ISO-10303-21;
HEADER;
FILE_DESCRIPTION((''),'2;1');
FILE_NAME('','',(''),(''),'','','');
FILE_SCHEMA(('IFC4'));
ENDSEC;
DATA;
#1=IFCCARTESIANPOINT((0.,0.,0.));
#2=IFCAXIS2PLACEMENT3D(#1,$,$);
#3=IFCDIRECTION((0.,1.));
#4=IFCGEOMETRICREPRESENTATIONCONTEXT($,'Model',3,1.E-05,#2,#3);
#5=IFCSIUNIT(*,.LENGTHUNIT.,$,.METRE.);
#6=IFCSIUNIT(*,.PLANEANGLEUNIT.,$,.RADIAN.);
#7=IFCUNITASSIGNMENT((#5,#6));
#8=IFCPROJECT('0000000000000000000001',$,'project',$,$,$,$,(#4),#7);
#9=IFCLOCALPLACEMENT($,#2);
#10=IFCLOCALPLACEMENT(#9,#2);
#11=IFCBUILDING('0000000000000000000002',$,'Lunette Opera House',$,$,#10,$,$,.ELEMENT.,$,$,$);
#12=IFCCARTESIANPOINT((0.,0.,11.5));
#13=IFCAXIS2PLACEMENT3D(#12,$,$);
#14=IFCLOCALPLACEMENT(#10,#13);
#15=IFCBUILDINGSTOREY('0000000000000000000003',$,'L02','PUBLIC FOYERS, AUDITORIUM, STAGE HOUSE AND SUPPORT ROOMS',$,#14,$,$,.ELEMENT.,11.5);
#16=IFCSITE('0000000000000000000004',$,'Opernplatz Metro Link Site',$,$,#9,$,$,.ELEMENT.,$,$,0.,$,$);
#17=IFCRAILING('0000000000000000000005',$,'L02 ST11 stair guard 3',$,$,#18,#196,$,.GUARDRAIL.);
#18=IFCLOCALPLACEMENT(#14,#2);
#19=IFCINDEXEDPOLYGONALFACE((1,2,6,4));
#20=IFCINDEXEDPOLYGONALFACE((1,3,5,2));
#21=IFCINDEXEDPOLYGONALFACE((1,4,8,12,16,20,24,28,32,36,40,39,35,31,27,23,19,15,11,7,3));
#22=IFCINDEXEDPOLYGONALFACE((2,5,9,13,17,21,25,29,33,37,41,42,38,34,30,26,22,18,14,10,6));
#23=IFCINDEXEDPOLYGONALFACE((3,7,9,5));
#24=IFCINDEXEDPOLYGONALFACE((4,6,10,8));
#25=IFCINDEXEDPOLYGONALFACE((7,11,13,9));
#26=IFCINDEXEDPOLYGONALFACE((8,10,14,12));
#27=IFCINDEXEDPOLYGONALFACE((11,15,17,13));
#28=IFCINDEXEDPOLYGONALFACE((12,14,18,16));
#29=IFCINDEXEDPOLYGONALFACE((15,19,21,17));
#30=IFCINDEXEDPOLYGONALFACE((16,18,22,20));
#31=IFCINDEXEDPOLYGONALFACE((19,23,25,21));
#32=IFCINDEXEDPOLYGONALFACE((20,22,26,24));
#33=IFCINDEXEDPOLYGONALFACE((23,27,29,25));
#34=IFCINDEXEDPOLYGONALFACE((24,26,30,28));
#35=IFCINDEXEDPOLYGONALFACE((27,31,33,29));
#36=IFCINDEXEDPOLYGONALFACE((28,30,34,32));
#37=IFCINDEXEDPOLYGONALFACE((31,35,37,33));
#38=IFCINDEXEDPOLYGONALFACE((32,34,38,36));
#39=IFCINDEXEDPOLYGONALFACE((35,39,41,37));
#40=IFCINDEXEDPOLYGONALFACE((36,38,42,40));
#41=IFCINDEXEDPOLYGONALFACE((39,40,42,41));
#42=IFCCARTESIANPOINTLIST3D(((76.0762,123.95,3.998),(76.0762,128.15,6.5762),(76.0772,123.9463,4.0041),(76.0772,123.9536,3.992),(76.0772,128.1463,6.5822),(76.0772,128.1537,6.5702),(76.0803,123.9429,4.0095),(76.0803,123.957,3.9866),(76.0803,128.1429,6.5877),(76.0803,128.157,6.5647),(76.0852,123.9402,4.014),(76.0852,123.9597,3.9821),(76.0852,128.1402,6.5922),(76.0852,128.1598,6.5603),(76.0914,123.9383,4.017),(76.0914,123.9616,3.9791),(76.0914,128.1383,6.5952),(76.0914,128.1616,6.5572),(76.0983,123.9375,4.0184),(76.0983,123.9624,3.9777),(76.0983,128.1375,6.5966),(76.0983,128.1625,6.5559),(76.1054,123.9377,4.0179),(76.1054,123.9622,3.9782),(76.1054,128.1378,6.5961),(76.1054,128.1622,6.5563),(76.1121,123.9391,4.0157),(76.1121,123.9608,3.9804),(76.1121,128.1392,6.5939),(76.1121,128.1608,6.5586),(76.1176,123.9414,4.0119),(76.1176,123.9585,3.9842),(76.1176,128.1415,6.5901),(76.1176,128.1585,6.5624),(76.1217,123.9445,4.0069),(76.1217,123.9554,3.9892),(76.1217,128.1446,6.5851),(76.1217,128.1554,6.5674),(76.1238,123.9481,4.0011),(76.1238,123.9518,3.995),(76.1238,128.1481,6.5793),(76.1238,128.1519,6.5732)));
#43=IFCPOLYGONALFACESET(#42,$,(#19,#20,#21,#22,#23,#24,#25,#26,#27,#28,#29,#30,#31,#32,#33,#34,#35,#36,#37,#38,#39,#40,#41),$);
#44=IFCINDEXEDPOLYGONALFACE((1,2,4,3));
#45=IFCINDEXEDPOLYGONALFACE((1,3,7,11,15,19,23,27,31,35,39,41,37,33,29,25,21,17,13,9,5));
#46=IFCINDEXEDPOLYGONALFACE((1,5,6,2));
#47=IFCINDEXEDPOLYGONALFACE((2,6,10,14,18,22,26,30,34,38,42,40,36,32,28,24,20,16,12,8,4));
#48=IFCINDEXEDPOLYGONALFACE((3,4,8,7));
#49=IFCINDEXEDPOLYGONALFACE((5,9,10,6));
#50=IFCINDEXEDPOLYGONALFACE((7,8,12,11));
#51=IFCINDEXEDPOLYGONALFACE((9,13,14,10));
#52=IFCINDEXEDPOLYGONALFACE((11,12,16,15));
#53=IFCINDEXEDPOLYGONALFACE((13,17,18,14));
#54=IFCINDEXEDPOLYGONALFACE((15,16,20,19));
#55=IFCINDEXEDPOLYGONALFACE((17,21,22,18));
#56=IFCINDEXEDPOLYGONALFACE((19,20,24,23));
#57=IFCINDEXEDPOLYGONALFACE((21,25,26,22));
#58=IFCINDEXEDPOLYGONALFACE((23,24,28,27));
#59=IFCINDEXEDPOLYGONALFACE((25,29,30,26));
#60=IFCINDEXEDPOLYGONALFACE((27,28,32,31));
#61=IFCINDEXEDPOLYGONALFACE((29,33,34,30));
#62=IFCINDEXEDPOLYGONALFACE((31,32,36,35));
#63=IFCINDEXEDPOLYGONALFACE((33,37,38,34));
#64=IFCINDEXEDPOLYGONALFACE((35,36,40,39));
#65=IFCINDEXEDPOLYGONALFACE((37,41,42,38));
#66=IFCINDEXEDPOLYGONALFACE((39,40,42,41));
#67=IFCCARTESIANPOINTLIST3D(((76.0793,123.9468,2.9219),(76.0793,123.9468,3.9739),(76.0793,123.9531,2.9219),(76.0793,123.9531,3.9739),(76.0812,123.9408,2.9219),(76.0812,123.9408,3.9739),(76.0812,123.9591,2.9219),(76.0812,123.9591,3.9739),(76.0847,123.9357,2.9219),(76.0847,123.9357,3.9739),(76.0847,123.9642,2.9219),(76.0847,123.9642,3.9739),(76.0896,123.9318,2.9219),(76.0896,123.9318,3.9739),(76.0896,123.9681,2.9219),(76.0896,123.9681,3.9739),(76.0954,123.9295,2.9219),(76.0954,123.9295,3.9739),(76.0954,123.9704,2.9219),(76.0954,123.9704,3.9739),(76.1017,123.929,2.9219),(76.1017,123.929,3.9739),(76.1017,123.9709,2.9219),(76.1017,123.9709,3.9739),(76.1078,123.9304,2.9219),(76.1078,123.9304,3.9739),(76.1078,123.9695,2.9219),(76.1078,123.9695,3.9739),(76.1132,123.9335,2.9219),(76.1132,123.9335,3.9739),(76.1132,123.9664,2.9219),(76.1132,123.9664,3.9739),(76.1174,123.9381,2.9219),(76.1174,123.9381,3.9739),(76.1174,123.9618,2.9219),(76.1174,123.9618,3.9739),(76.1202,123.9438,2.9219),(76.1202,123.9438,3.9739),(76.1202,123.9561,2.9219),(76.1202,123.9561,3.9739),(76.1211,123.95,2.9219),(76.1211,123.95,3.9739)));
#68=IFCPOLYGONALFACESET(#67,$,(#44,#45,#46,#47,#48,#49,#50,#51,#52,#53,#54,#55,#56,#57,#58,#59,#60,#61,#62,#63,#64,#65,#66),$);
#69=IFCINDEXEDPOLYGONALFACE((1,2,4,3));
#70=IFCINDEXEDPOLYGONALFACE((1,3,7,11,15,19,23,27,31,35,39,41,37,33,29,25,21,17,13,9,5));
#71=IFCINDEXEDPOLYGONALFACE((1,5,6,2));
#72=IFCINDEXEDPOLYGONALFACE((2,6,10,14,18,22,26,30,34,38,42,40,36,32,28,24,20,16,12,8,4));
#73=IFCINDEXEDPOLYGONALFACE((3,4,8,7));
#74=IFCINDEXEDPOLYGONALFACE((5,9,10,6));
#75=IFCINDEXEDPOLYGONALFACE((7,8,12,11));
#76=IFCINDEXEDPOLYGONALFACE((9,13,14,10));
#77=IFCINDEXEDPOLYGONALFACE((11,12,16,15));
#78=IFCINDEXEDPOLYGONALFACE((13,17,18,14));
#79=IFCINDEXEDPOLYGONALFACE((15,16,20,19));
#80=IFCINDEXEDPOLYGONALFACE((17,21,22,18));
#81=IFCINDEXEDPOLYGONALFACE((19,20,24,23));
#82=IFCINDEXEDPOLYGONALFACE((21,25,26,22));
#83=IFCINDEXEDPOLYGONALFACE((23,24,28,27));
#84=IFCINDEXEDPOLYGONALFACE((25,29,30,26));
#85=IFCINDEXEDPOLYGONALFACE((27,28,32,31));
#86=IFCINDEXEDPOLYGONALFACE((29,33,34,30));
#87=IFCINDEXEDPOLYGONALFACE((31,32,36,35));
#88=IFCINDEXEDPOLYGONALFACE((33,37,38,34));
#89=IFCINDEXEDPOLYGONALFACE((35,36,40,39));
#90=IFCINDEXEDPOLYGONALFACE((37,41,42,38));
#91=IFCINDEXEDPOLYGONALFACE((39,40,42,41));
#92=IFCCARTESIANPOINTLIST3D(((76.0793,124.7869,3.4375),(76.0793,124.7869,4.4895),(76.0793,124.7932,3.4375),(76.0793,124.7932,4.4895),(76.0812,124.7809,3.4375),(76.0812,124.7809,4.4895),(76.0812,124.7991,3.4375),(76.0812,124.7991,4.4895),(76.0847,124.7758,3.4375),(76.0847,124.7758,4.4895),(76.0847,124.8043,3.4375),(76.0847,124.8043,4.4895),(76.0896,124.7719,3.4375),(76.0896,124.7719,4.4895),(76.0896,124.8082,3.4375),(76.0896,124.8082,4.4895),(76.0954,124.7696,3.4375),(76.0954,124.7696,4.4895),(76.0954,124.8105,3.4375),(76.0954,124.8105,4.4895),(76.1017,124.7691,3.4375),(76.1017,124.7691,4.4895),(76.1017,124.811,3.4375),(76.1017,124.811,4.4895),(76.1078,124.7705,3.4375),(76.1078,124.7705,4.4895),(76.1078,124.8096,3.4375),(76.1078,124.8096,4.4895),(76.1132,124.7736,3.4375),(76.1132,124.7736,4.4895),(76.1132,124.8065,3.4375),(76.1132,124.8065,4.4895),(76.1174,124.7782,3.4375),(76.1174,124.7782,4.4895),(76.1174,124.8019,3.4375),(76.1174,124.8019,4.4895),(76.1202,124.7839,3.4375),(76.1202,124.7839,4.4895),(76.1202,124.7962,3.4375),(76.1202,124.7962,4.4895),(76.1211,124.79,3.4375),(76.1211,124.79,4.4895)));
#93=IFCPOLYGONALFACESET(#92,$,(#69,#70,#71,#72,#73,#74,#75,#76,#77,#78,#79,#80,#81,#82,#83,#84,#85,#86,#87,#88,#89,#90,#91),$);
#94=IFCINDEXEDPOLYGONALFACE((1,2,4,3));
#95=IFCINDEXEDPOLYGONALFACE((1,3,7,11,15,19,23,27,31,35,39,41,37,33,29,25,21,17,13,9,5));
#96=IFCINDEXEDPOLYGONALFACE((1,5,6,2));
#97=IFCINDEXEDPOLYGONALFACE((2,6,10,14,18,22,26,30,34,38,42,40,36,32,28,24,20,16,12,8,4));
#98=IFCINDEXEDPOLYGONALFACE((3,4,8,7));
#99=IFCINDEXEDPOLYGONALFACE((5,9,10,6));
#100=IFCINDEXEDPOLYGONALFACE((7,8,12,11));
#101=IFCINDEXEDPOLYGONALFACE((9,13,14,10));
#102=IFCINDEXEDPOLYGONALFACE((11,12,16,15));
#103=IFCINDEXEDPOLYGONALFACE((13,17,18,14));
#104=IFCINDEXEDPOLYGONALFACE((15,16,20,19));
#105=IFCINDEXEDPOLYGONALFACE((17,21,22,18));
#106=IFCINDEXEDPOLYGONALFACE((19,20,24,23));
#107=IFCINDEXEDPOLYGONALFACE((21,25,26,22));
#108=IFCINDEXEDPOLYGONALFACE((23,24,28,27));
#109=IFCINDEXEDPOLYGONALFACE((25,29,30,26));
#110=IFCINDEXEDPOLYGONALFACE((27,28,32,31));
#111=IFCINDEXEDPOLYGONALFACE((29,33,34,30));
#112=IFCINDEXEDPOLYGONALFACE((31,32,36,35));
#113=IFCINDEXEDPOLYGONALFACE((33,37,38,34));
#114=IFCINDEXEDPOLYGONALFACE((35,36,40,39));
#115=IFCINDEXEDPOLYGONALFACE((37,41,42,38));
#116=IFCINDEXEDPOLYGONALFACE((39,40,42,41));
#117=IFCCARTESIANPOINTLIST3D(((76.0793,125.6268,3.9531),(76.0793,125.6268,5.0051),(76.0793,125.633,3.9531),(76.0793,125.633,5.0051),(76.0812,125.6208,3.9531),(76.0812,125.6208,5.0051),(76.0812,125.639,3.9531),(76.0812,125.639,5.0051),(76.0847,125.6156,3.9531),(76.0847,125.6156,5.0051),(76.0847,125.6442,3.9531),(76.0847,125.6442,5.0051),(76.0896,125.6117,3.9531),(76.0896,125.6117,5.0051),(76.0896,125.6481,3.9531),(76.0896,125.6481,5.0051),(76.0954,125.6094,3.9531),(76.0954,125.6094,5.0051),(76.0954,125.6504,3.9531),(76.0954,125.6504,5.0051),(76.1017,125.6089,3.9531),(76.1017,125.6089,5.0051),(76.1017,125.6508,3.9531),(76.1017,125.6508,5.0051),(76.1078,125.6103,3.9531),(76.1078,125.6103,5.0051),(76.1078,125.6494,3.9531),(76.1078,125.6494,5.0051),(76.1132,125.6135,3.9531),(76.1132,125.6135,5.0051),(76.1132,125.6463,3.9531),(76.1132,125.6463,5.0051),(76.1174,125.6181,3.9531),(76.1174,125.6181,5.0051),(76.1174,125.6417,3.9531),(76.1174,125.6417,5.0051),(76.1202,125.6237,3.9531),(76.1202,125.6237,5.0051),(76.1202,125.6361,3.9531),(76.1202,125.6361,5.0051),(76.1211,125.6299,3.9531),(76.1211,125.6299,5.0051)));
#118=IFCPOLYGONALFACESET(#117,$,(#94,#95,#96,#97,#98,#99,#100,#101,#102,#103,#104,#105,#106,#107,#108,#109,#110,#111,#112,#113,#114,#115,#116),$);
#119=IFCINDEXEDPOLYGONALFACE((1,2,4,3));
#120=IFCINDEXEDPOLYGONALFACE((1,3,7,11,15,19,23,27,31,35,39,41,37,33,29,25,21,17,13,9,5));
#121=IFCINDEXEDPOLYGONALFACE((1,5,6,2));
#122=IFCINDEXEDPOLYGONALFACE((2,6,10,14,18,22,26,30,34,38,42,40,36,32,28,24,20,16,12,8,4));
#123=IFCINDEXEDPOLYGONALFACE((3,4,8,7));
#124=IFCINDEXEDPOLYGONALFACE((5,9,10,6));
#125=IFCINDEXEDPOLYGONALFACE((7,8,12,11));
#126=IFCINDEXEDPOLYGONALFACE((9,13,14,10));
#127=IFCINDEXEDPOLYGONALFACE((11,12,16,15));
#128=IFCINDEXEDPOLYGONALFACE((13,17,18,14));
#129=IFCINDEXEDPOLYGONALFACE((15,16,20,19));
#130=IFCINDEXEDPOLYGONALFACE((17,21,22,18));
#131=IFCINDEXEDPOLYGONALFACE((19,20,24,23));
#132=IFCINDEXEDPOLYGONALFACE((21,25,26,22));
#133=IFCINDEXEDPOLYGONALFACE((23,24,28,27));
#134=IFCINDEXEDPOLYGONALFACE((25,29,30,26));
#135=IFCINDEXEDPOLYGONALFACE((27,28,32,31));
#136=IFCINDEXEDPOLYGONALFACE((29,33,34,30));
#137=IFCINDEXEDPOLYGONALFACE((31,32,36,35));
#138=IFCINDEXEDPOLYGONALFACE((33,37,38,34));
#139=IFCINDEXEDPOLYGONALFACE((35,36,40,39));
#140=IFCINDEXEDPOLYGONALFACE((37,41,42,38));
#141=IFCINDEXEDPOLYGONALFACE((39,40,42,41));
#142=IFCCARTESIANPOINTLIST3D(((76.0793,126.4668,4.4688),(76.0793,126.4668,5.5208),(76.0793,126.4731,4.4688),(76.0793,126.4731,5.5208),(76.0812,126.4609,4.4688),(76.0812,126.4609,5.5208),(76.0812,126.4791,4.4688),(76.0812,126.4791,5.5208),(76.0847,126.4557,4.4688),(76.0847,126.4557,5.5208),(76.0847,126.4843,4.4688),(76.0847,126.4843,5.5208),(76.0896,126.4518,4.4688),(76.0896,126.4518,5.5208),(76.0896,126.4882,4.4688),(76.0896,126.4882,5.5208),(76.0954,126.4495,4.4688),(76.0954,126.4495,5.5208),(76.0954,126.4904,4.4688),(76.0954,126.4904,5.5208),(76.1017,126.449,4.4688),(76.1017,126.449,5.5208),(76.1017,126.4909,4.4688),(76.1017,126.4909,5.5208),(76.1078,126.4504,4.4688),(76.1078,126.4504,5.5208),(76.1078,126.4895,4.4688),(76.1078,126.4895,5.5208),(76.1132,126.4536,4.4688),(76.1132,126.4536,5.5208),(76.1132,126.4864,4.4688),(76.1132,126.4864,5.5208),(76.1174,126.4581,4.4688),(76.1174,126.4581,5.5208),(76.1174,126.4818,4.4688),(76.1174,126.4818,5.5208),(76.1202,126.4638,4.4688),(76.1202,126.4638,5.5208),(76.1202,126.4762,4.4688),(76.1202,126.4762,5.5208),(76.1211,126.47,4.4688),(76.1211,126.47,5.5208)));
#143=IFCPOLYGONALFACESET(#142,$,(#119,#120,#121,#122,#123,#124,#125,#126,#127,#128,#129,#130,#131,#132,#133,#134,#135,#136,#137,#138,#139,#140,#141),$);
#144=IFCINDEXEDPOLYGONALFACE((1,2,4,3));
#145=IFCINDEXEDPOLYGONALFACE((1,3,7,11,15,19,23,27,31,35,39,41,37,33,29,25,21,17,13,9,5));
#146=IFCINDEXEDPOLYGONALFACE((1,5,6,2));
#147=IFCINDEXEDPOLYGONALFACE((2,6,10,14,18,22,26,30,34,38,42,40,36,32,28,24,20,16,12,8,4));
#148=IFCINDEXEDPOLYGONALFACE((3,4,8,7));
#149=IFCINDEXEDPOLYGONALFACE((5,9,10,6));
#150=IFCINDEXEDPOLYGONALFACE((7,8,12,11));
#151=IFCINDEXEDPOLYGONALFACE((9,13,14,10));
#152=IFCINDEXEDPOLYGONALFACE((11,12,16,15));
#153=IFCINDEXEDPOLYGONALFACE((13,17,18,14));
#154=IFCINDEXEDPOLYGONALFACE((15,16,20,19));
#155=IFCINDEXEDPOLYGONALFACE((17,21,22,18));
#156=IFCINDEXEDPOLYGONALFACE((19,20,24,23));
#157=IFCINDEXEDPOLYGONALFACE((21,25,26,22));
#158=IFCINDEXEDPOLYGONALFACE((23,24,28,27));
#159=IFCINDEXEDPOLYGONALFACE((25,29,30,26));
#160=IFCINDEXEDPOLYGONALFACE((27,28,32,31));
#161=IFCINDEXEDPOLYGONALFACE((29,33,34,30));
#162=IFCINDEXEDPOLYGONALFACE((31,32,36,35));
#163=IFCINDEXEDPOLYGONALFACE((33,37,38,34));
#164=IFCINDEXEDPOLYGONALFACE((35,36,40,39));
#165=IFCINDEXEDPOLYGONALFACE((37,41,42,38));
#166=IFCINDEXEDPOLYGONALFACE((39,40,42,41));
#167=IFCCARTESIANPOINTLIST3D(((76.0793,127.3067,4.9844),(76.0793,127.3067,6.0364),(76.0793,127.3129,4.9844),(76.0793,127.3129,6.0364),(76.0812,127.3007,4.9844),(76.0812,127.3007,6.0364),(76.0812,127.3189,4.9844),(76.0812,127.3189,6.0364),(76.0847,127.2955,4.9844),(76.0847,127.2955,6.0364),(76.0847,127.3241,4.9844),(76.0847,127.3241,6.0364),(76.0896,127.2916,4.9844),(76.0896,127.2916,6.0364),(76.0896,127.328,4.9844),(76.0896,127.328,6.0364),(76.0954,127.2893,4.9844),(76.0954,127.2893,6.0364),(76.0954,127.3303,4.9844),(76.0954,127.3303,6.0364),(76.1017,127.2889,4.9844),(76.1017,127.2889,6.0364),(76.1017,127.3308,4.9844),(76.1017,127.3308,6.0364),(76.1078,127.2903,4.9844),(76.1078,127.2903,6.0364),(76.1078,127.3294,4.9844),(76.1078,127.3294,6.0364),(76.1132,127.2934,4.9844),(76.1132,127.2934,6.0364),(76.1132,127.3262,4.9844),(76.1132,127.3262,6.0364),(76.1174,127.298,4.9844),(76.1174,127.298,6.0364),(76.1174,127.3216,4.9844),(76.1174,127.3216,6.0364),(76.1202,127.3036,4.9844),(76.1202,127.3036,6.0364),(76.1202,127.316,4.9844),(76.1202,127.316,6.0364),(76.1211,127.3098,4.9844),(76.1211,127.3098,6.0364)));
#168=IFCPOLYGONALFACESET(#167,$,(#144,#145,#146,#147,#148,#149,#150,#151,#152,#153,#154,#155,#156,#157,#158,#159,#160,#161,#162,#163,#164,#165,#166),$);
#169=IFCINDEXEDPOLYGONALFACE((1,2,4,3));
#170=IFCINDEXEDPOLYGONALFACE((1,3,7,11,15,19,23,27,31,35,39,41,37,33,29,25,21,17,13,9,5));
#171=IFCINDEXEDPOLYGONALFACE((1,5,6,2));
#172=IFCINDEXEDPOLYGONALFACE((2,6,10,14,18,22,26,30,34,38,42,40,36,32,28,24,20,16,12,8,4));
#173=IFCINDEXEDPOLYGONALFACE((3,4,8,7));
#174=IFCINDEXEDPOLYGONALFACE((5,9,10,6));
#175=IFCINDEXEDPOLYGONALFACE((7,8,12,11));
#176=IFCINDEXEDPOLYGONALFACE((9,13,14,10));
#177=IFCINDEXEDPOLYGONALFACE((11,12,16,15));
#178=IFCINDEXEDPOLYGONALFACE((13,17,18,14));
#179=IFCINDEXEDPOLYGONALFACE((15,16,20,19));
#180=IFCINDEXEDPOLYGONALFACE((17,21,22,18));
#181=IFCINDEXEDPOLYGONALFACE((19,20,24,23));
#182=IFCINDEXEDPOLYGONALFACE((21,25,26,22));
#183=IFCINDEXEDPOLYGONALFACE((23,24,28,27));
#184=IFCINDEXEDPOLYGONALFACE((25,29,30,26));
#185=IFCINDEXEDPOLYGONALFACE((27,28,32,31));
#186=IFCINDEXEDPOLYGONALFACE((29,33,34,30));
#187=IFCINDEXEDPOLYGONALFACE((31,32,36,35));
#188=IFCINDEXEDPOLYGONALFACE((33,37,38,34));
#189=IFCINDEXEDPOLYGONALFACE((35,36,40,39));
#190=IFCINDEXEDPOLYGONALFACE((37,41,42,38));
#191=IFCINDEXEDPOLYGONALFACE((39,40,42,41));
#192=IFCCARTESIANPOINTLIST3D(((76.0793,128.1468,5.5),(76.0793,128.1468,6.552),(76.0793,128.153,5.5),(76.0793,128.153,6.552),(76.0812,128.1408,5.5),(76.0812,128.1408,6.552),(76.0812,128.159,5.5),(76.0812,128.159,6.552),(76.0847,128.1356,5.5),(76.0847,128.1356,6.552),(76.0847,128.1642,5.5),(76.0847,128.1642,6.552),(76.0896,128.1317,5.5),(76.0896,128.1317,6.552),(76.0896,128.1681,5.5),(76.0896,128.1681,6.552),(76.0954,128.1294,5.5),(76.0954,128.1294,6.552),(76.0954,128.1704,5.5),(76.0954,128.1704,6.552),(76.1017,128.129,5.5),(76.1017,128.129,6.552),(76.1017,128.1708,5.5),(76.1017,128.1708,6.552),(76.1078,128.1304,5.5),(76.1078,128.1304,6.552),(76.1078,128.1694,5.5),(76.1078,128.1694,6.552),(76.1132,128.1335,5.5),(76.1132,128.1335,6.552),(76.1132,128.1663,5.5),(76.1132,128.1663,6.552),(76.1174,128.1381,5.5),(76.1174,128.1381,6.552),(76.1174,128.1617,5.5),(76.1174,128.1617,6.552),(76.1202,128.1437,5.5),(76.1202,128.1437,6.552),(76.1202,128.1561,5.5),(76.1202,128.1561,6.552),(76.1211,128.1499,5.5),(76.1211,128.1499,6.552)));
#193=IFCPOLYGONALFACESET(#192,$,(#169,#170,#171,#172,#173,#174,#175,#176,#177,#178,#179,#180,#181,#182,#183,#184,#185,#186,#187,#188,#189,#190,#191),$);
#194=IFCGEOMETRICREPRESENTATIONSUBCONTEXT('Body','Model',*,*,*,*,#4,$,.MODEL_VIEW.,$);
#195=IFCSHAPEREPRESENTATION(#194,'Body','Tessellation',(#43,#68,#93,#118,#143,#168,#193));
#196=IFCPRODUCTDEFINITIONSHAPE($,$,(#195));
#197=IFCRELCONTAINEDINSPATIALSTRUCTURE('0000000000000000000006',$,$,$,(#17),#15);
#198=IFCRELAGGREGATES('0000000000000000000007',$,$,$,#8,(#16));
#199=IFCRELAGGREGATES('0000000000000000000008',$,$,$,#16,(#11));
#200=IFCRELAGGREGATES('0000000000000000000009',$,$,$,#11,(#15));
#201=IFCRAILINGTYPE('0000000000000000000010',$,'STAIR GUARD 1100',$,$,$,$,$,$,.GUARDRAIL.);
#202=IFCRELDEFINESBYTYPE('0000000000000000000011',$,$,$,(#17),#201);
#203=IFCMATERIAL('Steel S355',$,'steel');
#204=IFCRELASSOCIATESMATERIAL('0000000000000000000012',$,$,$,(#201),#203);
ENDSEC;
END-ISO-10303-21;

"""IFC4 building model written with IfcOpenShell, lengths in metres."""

from ifc_helpers import new_model, si_unit, direction, frame, origin, origin_2d, place, context, subcontext, project, spatial, circle, extrude, material, type_object, element, save


model = new_model("IFC4")

# Units and contexts
model_context = context("Model", 3, precision=1e-05, world=origin(), true_north=direction((0.0, 1.0)))
body_context = subcontext(model_context, "Body", "Model", "MODEL_VIEW")
ifc_project = project(units=[si_unit("LENGTHUNIT", "METRE"), si_unit("PLANEANGLEUNIT", "RADIAN")], contexts=[model_context])

# Site, building, storey
site_placement = place(None, origin())
site = spatial("IfcSite", under=ifc_project, at=site_placement, Name="Opernplatz Metro Link Site", CompositionType="ELEMENT", RefElevation=0.0)
building_placement = place(site_placement, origin())
building = spatial("IfcBuilding", under=site, at=building_placement, Name="Lunette Opera House", CompositionType="ELEMENT")
storey_placement = place(building_placement, frame((0.0, 0.0, 11.5)))
storey = spatial("IfcBuildingStorey", under=building, at=storey_placement, Name="L02", Description="PUBLIC FOYERS, AUDITORIUM, STAGE HOUSE AND SUPPORT ROOMS", CompositionType="ELEMENT", Elevation=11.5)

# Railing
ifc_material_1 = material(Name="Steel S355", Category="steel")
railing_type_1 = type_object("IfcRailingType", Name="STAIR GUARD 1100", PredefinedType="GUARDRAIL", material=ifc_material_1)
railing_1_placement = place(storey_placement, frame((76.1001, 123.95, 2.9219)))
element("IfcRailing", 1, at=railing_1_placement, inside=storey, type_object=railing_type_1, Name="L02 ST11 stair guard 3", PredefinedType="GUARDRAIL", context=body_context, shape_type="SweptSolid", body=[
    extrude(circle(Radius=0.0239, at=origin_2d()), frame((0.0, 0.0, 1.0762), z_axis=(0.0, 0.852243, 0.523146), x_axis=(-1.0, 0.0, 0.0)), (0.0, 0.0, 1.0), 4.9282),
    extrude(circle(Radius=0.021, at=origin_2d()), origin(), (0.0, 0.0, 1.0), 1.052),
    extrude(circle(Radius=0.021, at=origin_2d()), frame((0.0, 0.8401, 0.5156)), (0.0, 0.0, 1.0), 1.052),
    extrude(circle(Radius=0.021, at=origin_2d()), frame((0.0, 1.6799, 1.0312)), (0.0, 0.0, 1.0), 1.052),
    extrude(circle(Radius=0.021, at=origin_2d()), frame((0.0, 2.52, 1.5469)), (0.0, 0.0, 1.0), 1.052),
    extrude(circle(Radius=0.021, at=origin_2d()), frame((0.0, 3.3599, 2.0625)), (0.0, 0.0, 1.0), 1.052),
    extrude(circle(Radius=0.021, at=origin_2d()), frame((0.0, 4.2, 2.5781)), (0.0, 0.0, 1.0), 1.052),
])

save(model, "model.ifc")
